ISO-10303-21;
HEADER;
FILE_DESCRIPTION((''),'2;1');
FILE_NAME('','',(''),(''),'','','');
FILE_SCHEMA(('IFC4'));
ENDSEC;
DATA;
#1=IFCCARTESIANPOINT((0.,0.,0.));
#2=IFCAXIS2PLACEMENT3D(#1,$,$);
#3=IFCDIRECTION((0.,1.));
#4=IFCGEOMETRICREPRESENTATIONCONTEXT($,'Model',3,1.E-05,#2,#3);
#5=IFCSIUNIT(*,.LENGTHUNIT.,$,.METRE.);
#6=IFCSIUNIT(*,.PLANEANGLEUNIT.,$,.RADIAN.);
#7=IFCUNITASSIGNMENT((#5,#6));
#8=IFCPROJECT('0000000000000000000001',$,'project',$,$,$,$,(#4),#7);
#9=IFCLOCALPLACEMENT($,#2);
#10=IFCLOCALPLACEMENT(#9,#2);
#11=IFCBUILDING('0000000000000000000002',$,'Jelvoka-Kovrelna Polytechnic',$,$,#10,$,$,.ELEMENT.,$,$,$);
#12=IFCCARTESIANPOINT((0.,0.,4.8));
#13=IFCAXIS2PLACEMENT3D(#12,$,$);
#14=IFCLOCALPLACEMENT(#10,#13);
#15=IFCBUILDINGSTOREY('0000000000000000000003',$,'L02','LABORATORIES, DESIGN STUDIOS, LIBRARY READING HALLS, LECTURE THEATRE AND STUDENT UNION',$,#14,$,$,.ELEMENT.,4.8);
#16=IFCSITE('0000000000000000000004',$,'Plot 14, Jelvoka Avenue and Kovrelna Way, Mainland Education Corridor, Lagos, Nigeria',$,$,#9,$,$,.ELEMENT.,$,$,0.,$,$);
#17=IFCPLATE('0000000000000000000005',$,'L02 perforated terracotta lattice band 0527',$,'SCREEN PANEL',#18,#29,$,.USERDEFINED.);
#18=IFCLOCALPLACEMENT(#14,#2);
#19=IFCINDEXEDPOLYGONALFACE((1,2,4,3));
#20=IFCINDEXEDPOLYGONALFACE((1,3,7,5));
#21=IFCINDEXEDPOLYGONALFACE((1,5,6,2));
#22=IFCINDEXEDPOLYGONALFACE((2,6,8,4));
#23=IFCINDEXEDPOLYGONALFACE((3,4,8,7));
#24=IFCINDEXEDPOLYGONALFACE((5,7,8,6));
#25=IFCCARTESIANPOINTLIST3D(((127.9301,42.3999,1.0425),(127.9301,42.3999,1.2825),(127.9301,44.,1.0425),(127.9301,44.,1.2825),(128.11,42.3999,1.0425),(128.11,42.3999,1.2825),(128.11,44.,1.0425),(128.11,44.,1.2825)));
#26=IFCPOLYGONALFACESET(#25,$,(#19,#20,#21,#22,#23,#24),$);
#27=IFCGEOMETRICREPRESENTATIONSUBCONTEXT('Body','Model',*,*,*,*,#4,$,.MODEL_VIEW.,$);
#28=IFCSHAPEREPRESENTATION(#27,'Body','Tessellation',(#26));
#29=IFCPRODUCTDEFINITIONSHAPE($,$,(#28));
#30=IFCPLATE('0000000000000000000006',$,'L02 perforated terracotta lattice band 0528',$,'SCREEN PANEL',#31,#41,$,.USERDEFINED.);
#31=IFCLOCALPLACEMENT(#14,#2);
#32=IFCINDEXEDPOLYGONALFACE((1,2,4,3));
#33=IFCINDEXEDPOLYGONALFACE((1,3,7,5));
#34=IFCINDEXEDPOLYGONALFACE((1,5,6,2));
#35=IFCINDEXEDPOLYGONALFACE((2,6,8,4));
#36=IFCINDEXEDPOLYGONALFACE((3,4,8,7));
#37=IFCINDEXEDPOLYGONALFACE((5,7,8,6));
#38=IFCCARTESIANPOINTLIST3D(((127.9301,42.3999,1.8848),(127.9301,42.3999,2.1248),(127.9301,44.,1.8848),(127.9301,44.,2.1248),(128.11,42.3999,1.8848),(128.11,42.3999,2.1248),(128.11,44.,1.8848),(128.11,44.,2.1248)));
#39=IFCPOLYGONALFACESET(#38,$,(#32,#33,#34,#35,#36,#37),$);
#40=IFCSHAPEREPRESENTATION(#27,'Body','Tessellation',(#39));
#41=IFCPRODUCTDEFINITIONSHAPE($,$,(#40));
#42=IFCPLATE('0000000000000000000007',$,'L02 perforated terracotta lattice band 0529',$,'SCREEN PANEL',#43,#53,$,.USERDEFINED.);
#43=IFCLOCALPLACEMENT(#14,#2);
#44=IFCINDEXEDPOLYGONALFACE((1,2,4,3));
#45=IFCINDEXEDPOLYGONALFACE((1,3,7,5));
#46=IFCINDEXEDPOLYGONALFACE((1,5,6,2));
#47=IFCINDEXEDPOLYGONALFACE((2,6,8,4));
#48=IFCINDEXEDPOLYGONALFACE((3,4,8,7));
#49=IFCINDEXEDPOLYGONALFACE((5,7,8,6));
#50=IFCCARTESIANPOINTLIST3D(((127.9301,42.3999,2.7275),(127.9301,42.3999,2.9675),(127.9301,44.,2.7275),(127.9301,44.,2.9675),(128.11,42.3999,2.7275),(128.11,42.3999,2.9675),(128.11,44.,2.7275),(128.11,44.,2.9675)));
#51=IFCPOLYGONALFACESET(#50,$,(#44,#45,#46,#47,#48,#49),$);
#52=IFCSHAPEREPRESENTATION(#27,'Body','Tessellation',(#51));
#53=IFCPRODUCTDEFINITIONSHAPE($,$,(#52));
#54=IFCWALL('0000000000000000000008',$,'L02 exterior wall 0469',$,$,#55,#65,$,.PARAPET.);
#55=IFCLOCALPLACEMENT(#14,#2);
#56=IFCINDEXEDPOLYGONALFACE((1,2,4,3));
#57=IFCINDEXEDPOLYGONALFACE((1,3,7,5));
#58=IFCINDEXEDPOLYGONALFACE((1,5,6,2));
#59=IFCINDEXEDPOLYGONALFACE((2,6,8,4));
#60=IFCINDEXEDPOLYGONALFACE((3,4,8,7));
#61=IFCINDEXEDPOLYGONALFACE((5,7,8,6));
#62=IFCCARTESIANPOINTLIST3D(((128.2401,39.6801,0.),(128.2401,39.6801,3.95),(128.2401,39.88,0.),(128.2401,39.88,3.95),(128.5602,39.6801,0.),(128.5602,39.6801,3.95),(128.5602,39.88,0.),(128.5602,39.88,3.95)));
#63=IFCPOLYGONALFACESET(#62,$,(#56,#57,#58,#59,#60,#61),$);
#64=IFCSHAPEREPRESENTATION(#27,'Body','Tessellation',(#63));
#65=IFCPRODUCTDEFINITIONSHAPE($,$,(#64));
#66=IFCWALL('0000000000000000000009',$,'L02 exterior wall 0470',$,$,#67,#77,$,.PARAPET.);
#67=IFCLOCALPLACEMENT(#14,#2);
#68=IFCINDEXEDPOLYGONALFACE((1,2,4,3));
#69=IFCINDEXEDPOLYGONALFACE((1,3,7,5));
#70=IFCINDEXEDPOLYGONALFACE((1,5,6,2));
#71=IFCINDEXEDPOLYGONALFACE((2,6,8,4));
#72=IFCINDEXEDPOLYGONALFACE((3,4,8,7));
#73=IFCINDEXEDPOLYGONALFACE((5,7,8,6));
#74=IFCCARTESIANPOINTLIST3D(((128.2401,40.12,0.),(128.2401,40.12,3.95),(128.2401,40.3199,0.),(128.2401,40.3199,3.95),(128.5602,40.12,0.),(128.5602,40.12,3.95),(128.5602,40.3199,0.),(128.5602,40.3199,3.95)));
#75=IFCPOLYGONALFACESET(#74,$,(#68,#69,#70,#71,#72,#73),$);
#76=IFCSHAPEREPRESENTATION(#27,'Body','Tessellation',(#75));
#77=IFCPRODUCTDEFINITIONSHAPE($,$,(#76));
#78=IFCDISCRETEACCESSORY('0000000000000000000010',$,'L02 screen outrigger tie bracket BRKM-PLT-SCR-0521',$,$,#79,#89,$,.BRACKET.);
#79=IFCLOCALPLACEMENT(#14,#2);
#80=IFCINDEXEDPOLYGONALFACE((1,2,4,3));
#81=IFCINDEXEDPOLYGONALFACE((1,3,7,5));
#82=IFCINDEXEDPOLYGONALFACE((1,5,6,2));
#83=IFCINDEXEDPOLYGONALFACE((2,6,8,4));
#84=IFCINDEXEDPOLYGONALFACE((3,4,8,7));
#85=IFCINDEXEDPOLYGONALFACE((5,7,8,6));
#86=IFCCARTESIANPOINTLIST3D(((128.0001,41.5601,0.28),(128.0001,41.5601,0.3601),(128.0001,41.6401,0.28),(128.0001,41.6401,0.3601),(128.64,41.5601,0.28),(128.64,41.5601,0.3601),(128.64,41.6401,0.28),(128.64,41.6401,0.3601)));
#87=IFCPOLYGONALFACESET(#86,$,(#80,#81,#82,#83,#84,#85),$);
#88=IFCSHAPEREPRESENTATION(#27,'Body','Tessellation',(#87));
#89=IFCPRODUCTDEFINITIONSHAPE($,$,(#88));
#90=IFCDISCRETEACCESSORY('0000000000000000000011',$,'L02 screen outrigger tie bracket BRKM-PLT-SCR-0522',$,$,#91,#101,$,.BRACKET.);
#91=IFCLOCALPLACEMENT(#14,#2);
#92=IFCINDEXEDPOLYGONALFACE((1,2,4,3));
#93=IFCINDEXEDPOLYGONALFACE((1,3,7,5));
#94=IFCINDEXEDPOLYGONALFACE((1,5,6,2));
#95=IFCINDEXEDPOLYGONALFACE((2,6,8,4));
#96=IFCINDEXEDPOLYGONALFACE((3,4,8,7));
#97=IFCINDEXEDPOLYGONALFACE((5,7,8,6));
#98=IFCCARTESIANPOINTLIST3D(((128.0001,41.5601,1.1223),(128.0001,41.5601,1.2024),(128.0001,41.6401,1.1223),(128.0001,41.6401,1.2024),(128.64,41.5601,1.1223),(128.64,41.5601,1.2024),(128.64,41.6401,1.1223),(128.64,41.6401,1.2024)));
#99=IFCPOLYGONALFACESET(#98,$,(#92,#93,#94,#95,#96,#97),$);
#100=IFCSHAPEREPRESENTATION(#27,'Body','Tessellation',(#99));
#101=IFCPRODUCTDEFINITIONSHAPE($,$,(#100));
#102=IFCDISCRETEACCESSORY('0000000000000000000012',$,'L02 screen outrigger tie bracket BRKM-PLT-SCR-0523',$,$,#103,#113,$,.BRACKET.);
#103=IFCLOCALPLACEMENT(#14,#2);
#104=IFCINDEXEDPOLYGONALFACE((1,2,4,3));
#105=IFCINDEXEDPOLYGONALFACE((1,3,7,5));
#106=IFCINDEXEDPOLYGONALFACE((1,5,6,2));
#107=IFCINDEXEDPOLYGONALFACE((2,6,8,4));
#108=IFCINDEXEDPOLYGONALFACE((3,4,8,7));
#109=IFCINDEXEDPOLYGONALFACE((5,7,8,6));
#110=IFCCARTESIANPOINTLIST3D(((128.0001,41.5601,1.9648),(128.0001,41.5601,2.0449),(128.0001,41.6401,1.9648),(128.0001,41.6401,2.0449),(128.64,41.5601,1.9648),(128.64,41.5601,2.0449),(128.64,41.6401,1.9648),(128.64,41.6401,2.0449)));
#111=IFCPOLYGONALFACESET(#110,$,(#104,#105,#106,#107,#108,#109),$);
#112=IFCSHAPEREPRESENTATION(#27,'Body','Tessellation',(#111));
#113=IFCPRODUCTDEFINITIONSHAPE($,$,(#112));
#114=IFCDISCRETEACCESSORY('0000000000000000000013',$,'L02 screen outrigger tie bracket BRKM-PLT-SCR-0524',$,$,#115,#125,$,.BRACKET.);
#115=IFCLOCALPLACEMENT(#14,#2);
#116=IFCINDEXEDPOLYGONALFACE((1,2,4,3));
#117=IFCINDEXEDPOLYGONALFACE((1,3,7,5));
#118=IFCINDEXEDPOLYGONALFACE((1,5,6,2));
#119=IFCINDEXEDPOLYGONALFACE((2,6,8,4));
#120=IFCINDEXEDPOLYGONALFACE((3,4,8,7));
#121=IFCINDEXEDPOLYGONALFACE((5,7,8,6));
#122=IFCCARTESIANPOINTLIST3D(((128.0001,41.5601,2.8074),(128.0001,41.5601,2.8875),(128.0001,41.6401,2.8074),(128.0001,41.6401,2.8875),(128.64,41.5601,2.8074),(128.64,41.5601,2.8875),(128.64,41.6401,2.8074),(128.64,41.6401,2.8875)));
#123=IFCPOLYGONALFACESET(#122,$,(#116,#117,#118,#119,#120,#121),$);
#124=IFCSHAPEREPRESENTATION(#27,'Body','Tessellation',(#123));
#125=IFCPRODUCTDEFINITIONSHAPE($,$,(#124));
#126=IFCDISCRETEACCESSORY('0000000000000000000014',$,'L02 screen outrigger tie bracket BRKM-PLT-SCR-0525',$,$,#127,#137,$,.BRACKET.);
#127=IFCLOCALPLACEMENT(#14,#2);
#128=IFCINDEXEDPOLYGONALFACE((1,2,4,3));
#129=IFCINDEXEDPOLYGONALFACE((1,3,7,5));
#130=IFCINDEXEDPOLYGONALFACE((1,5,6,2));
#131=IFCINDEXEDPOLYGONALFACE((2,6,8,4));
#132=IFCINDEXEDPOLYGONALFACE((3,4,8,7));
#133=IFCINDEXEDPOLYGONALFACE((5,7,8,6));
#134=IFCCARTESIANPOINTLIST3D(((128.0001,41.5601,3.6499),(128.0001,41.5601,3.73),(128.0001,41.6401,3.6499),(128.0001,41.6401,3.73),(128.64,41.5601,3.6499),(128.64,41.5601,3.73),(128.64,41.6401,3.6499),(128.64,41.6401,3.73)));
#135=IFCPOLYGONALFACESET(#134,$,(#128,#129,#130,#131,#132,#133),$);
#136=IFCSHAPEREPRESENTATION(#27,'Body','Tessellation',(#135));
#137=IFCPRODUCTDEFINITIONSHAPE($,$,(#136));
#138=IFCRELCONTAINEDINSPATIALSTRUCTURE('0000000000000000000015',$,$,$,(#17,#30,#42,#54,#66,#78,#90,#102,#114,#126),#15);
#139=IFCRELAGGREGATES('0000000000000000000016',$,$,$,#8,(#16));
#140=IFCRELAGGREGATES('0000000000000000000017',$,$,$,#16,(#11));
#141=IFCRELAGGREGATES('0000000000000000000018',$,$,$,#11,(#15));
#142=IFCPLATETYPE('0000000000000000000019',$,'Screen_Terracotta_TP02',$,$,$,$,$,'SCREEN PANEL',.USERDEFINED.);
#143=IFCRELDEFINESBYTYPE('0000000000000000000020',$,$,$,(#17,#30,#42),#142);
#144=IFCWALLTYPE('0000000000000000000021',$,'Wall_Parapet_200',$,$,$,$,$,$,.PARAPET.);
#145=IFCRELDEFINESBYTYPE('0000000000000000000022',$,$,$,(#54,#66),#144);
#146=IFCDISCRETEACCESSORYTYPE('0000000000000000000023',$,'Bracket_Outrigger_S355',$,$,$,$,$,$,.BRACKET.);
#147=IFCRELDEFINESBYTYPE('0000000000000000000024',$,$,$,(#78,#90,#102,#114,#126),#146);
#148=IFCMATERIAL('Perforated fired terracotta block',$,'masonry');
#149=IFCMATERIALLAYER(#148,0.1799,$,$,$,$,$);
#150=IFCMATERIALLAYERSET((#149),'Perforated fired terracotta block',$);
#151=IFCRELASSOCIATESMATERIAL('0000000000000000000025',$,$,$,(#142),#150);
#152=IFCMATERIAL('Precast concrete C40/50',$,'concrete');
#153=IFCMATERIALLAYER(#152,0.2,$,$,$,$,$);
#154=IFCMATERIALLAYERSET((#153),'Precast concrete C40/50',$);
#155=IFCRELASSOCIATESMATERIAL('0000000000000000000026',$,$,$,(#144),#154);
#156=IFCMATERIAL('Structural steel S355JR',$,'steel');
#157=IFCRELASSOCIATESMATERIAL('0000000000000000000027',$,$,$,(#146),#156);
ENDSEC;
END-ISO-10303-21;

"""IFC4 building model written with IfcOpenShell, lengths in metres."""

from ifc_helpers import new_model, si_unit, direction, frame, frame_2d, origin, origin_2d, place, context, subcontext, project, spatial, rectangle, extrude, material, layer, layer_set, type_object, element, save


model = new_model("IFC4")

# Units and contexts
model_context = context("Model", 3, precision=1e-05, world=origin(), true_north=direction((0.0, 1.0)))
body_context = subcontext(model_context, "Body", "Model", "MODEL_VIEW")
ifc_project = project(units=[si_unit("LENGTHUNIT", "METRE"), si_unit("PLANEANGLEUNIT", "RADIAN")], contexts=[model_context])

# Site, building, storey
site_placement = place(None, origin())
site = spatial("IfcSite", under=ifc_project, at=site_placement, Name="Plot 14, Jelvoka Avenue and Kovrelna Way, Mainland Education Corridor, Lagos, Nigeria", CompositionType="ELEMENT", RefElevation=0.0)
building_placement = place(site_placement, origin())
building = spatial("IfcBuilding", under=site, at=building_placement, Name="Jelvoka-Kovrelna Polytechnic", CompositionType="ELEMENT")
storey_placement = place(building_placement, frame((0.0, 0.0, 4.8)))
storey = spatial("IfcBuildingStorey", under=building, at=storey_placement, Name="L02", Description="LABORATORIES, DESIGN STUDIOS, LIBRARY READING HALLS, LECTURE THEATRE AND STUDENT UNION", CompositionType="ELEMENT", Elevation=4.8)

# Plates
ifc_material_1 = material(Name="Perforated fired terracotta block", Category="masonry")
ifc_layer_1 = layer(ifc_material_1, 0.1799)
ifc_layer_set_1 = layer_set([ifc_layer_1], Name="Perforated fired terracotta block")
plate_type = type_object("IfcPlateType", Name="Screen_Terracotta_TP02", ElementType="SCREEN PANEL", PredefinedType="USERDEFINED", material=ifc_layer_set_1)
for number, where, z_axis, x_axis, name in (
    (1, (128.02, 43.2, 1.0425), (0.0, 0.0, 1.0), (0.0, 1.0, 0.0), "L02 perforated terracotta lattice band 0527"),
    (2, (128.02, 43.2, 1.8848), (0.0, 0.0, 1.0), (0.0, 1.0, 0.0), "L02 perforated terracotta lattice band 0528"),
    (3, (128.02, 43.2, 2.7275), (0.0, 0.0, 1.0), (0.0, 1.0, 0.0), "L02 perforated terracotta lattice band 0529"),
):
    element("IfcPlate", number, at=place(storey_placement, frame(where, z_axis=z_axis, x_axis=x_axis)), inside=storey, type_object=plate_type, Name=name, ObjectType="SCREEN PANEL", PredefinedType="USERDEFINED", context=body_context, shape_type="SweptSolid", body=[
        extrude(rectangle(XDim=1.6001, YDim=0.1799, at=origin_2d()), origin(), (0.0, 0.0, 1.0), 0.24),
    ])

# Walls
ifc_material_2 = material(Name="Precast concrete C40/50", Category="concrete")
ifc_layer_2 = layer(ifc_material_2, 0.2)
ifc_layer_set_2 = layer_set([ifc_layer_2], Name="Precast concrete C40/50")
wall_type = type_object("IfcWallType", Name="Wall_Parapet_200", PredefinedType="PARAPET", material=ifc_layer_set_2)
for number, where, z_axis, x_axis, name in (
    (4, (128.24, 39.78, 0.0), (0.0, 0.0, 1.0), (1.0, 0.0, 0.0), "L02 exterior wall 0469"),
    (5, (128.24, 40.22, 0.0), (0.0, 0.0, 1.0), (1.0, 0.0, 0.0), "L02 exterior wall 0470"),
):
    element("IfcWall", number, at=place(storey_placement, frame(where, z_axis=z_axis, x_axis=x_axis)), inside=storey, type_object=wall_type, Name=name, PredefinedType="PARAPET", context=body_context, shape_type="SweptSolid", body=[
        extrude(rectangle(XDim=0.3201, YDim=0.2, at=frame_2d((0.1602, 0.0))), origin(), (0.0, 0.0, 1.0), 3.95),
    ])

# Discrete accessories
ifc_material_3 = material(Name="Structural steel S355JR", Category="steel")
discrete_accessory_type = type_object("IfcDiscreteAccessoryType", Name="Bracket_Outrigger_S355", PredefinedType="BRACKET", material=ifc_material_3)
for number, where, z_axis, x_axis, name in (
    (6, (128.3201, 41.6001, 0.28), (0.0, 0.0, 1.0), (1.0, 0.0, 0.0), "L02 screen outrigger tie bracket BRKM-PLT-SCR-0521"),
    (7, (128.3201, 41.6001, 1.1223), (0.0, 0.0, 1.0), (1.0, 0.0, 0.0), "L02 screen outrigger tie bracket BRKM-PLT-SCR-0522"),
    (8, (128.3201, 41.6001, 1.9648), (0.0, 0.0, 1.0), (1.0, 0.0, 0.0), "L02 screen outrigger tie bracket BRKM-PLT-SCR-0523"),
    (9, (128.3201, 41.6001, 2.8074), (0.0, 0.0, 1.0), (1.0, 0.0, 0.0), "L02 screen outrigger tie bracket BRKM-PLT-SCR-0524"),
    (10, (128.3201, 41.6001, 3.6499), (0.0, 0.0, 1.0), (1.0, 0.0, 0.0), "L02 screen outrigger tie bracket BRKM-PLT-SCR-0525"),
):
    element("IfcDiscreteAccessory", number, at=place(storey_placement, frame(where, z_axis=z_axis, x_axis=x_axis)), inside=storey, type_object=discrete_accessory_type, Name=name, PredefinedType="BRACKET", context=body_context, shape_type="SweptSolid", body=[
        extrude(rectangle(XDim=0.6399, YDim=0.0801, at=origin_2d()), origin(), (0.0, 0.0, 1.0), 0.0801),
    ])

save(model, "model.ifc")
